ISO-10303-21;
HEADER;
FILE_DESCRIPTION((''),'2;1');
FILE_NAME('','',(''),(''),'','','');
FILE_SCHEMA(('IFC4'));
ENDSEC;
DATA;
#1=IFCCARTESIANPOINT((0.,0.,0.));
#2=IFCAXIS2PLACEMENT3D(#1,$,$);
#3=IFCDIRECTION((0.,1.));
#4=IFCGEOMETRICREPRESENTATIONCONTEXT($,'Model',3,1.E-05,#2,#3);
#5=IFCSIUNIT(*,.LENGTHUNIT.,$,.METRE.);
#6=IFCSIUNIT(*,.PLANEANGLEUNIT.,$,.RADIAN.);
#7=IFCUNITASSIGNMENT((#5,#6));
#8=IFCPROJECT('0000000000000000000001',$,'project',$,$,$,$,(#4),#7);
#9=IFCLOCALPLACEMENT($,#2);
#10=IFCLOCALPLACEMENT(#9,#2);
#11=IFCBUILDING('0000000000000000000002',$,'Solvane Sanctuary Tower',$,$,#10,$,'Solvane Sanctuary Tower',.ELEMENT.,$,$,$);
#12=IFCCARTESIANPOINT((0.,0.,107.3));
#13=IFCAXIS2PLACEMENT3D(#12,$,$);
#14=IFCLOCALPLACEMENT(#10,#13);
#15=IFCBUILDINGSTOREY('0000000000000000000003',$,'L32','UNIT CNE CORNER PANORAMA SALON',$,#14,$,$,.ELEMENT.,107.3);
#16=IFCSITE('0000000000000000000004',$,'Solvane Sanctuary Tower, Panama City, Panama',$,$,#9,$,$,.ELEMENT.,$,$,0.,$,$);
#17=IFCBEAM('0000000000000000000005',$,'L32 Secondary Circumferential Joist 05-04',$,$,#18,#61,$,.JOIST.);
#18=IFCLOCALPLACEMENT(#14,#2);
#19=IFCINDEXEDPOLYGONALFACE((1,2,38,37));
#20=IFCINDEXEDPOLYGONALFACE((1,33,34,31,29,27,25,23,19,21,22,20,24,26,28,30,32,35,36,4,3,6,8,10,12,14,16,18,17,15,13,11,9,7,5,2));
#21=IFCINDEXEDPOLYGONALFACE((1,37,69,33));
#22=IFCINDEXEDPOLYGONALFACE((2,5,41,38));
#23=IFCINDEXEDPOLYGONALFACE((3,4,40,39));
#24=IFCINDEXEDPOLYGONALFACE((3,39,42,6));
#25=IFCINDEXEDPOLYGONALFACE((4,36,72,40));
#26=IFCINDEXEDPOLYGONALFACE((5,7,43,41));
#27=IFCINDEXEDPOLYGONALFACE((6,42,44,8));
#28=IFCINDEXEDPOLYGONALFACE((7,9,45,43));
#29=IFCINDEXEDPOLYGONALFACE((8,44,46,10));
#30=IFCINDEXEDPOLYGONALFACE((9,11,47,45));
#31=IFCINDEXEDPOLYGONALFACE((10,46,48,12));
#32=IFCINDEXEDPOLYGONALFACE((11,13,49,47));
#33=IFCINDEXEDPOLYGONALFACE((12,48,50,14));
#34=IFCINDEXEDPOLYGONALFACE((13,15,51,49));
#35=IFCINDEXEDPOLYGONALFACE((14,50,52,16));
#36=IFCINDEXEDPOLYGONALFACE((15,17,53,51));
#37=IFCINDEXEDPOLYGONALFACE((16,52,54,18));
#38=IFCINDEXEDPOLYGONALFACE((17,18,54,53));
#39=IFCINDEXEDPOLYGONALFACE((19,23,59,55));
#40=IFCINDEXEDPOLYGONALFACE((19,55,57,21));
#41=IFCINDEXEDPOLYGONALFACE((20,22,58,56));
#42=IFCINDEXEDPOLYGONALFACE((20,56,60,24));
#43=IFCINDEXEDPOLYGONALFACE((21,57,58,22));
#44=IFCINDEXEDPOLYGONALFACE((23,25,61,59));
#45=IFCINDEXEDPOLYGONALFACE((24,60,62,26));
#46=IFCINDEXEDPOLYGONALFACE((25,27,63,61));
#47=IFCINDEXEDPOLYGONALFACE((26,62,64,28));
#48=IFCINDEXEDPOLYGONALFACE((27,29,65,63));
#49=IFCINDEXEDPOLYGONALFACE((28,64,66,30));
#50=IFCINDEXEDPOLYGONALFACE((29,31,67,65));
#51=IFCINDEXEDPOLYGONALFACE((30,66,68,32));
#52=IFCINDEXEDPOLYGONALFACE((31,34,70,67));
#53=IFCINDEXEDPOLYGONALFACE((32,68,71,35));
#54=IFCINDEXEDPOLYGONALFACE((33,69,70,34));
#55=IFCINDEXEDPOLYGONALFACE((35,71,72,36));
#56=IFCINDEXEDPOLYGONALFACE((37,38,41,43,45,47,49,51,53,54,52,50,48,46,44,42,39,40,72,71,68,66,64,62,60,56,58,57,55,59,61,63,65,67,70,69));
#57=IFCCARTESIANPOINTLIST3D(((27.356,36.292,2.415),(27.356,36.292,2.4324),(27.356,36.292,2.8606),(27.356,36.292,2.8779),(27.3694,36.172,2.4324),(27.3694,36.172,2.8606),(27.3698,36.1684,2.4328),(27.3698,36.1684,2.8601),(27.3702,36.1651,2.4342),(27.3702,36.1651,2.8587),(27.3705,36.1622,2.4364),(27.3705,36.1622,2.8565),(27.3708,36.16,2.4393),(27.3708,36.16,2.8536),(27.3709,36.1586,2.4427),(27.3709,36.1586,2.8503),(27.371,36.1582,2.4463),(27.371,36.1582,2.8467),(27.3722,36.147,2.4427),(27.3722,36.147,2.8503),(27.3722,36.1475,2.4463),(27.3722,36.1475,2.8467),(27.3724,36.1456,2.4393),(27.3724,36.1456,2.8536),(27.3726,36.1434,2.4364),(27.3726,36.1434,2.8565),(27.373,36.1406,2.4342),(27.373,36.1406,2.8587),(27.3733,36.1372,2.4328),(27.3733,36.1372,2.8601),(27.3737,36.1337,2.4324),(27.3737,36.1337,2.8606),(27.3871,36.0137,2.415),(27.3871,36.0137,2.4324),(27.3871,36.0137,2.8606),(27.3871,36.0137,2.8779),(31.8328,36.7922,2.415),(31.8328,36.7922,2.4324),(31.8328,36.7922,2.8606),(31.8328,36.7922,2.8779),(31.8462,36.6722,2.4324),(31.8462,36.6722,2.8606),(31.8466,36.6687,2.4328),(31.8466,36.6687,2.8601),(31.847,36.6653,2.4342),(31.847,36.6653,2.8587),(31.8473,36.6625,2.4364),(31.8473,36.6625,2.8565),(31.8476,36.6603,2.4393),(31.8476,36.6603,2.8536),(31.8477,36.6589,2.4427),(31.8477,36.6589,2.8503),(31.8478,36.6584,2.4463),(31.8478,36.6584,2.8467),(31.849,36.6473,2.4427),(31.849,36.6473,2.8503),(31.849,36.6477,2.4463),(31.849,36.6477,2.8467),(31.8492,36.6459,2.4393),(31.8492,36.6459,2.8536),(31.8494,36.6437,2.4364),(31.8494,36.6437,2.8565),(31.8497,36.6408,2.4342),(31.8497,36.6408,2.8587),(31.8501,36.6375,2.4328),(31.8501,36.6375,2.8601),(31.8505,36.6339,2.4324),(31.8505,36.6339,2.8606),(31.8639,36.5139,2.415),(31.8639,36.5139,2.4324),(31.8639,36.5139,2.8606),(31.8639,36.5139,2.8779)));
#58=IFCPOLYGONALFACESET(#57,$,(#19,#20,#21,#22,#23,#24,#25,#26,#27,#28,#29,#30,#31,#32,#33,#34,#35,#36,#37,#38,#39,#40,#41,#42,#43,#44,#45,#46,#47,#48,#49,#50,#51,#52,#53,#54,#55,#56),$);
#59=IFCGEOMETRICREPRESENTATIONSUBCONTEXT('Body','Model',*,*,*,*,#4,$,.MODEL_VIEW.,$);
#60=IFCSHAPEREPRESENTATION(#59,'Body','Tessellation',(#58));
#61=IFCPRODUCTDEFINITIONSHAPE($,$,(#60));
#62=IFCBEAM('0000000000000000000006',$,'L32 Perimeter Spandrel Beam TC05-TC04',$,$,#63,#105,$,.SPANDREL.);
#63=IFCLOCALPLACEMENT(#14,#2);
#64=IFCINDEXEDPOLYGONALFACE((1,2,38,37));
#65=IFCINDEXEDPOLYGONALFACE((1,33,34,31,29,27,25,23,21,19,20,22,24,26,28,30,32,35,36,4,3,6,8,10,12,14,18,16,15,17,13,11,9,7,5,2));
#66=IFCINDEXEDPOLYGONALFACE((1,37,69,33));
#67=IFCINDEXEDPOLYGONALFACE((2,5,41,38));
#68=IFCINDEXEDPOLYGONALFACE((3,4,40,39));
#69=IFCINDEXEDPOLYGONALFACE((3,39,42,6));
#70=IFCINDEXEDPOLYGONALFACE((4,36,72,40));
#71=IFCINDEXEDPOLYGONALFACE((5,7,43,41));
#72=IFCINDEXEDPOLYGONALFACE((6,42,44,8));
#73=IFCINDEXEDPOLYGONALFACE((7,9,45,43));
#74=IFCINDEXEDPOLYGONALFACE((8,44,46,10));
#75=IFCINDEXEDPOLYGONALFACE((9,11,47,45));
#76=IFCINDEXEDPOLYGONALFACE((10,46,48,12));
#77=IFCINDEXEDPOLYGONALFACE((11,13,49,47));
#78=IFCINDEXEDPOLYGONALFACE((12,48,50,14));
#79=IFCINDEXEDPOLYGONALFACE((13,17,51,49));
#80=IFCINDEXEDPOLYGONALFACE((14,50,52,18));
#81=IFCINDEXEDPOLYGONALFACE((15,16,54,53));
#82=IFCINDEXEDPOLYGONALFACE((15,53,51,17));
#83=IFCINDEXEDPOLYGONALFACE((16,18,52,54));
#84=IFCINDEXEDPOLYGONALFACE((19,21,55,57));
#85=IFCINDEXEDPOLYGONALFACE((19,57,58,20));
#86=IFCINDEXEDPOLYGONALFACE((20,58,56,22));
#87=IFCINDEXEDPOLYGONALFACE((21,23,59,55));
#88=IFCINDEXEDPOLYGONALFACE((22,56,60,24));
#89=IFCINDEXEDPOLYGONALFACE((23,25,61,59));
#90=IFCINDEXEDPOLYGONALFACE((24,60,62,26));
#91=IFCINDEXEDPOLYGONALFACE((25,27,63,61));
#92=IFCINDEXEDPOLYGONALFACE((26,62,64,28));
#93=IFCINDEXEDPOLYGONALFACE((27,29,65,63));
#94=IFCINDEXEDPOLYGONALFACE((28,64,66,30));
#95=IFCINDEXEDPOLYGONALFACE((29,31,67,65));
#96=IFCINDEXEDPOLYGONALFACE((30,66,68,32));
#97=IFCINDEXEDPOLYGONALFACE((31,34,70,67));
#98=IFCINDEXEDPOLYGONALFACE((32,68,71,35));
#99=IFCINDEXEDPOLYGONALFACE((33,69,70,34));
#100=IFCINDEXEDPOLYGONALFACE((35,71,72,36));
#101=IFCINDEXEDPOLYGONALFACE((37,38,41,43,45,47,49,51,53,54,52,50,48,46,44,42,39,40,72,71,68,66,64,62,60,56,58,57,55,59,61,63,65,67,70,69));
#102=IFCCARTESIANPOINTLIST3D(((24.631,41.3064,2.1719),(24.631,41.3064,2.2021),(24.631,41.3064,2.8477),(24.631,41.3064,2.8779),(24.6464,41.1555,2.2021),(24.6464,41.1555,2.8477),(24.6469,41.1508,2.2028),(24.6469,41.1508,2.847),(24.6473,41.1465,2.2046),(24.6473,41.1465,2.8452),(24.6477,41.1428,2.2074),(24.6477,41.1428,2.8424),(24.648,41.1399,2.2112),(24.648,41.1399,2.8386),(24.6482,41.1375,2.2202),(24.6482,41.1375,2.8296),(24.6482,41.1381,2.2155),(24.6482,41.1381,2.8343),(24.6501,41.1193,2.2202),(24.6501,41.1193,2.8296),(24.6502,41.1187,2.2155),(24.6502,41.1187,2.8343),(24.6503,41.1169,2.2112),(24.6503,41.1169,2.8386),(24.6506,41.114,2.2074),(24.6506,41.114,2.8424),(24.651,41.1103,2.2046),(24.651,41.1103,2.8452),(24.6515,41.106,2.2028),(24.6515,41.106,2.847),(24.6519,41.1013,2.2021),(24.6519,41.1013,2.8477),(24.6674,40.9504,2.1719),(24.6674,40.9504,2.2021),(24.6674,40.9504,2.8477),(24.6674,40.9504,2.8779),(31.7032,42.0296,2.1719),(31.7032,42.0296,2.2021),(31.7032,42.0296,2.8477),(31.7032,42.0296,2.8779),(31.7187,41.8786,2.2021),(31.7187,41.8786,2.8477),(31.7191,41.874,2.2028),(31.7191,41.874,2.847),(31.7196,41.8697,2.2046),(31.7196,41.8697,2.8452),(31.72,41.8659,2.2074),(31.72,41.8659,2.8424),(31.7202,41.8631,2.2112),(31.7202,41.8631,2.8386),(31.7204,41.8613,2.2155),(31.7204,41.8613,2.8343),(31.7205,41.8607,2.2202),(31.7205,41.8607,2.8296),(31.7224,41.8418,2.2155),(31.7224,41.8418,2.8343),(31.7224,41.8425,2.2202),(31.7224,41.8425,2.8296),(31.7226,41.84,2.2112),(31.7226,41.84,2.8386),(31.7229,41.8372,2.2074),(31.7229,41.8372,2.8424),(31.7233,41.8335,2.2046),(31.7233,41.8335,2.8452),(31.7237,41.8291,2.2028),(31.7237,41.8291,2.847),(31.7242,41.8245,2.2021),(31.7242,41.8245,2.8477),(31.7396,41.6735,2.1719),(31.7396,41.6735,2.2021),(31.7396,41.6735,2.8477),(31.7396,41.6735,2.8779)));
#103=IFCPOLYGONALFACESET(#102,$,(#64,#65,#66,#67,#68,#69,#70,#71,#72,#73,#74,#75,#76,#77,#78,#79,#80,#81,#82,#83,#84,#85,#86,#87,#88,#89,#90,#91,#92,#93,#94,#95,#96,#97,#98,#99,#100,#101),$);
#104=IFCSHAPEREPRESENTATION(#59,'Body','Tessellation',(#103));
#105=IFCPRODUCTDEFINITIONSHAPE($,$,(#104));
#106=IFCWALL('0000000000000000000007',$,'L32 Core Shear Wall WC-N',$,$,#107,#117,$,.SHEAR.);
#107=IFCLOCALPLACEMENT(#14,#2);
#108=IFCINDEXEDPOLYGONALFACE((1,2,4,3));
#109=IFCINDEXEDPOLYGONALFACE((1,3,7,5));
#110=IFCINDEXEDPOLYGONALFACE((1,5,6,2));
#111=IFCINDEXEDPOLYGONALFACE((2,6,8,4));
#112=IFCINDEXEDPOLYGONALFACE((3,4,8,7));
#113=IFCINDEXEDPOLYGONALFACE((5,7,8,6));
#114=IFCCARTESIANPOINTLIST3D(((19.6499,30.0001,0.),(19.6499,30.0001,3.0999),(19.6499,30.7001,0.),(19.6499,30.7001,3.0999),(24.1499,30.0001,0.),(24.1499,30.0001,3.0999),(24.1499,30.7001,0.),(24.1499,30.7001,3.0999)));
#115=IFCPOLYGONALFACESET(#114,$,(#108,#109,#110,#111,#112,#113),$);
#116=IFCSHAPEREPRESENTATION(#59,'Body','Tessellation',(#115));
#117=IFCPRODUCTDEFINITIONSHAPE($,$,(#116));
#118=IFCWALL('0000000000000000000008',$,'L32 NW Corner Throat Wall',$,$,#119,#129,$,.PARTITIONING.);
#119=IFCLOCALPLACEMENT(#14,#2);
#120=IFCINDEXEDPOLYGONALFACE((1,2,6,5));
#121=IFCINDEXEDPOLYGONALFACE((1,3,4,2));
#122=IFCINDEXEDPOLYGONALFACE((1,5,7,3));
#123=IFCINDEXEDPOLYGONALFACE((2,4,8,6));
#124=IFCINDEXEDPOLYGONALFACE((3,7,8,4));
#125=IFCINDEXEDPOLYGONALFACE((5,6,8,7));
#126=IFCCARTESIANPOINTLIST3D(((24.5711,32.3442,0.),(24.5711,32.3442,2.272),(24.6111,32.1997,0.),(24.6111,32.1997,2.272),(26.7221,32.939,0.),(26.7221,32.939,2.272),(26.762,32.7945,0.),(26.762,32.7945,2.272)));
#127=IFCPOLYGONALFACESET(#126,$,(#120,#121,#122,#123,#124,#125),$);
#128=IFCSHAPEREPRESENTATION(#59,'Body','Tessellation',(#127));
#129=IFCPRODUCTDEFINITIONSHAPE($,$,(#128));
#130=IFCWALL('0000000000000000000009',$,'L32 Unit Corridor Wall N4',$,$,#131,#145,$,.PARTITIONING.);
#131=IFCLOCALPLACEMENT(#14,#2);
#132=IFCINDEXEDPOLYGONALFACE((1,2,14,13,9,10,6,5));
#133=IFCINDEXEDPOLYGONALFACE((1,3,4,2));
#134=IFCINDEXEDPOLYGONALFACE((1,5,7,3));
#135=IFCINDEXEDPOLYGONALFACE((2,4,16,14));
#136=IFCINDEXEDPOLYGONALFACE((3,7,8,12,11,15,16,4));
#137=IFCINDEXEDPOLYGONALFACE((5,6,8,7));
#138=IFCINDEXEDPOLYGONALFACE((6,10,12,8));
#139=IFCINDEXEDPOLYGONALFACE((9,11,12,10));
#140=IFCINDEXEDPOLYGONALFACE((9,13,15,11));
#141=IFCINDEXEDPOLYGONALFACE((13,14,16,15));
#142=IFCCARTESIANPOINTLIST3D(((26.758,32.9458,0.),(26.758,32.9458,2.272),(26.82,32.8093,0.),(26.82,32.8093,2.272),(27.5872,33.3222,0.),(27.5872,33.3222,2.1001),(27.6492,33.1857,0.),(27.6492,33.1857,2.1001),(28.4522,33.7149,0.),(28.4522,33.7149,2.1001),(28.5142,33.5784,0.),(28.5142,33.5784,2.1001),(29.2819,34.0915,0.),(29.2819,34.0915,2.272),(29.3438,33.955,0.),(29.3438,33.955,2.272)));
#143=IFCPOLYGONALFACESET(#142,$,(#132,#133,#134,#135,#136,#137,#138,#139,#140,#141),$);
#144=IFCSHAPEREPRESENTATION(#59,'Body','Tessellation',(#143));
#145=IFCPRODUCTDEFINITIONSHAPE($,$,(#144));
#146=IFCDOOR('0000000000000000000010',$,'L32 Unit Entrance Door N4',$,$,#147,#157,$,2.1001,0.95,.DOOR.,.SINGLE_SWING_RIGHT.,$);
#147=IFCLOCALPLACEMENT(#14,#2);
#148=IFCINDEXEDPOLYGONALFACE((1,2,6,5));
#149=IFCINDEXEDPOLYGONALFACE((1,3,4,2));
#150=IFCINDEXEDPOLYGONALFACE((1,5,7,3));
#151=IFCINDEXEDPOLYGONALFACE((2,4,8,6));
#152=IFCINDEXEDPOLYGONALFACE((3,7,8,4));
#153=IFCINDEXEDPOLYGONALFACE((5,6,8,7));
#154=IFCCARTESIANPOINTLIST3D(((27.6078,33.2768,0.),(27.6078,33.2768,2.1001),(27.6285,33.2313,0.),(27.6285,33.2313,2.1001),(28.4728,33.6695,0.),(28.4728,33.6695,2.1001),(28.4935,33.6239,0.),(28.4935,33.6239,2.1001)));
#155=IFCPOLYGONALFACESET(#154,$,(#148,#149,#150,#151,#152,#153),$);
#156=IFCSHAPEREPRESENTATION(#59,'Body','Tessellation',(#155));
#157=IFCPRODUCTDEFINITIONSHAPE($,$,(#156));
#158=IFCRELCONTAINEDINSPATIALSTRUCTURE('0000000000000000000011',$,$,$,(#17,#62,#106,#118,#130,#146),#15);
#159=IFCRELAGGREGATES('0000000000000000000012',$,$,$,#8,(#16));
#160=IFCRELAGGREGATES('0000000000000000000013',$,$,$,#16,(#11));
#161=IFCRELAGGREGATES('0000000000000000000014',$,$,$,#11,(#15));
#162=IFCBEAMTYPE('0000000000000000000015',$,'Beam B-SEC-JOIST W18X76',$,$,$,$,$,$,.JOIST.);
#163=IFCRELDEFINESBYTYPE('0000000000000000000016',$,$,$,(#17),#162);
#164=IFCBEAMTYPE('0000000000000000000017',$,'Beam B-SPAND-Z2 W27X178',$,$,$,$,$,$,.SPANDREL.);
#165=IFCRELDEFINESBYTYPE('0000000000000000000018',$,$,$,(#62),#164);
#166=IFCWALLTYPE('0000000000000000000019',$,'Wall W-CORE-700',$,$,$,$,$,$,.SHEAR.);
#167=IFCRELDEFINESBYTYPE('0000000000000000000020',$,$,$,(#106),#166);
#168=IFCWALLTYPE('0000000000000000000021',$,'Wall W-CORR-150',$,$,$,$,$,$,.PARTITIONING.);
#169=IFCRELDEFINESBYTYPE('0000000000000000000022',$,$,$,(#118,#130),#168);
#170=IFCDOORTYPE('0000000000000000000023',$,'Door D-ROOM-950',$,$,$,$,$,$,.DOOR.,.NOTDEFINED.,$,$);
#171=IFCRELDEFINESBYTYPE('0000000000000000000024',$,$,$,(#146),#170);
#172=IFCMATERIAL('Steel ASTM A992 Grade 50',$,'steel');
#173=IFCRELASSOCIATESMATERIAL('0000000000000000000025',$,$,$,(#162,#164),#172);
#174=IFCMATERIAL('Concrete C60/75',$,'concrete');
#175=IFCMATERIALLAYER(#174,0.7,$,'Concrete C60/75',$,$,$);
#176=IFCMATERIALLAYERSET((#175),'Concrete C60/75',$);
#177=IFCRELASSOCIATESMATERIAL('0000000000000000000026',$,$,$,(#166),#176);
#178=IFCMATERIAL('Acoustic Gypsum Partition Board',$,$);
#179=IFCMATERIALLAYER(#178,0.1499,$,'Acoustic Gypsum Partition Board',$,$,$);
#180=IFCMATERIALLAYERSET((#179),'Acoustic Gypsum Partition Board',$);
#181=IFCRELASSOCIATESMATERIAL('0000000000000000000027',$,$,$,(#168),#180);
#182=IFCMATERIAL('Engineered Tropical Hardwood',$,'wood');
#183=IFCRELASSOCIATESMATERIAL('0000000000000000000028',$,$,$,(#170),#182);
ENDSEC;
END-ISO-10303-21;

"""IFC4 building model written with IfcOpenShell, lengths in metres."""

from ifc_helpers import new_model, si_unit, direction, frame, frame_2d, origin, origin_2d, place, context, subcontext, project, spatial, rectangle, i_section, extrude, material, layer, layer_set, material_profile, profile_set, type_object, element, fill, save


model = new_model("IFC4")

# Units and contexts
model_context = context("Model", 3, precision=1e-05, world=origin(), true_north=direction((0.0, 1.0)))
body_context = subcontext(model_context, "Body", "Model", "MODEL_VIEW")
ifc_project = project(units=[si_unit("LENGTHUNIT", "METRE"), si_unit("PLANEANGLEUNIT", "RADIAN")], contexts=[model_context])

# Site, building, storey
site_placement = place(None, origin())
site = spatial("IfcSite", under=ifc_project, at=site_placement, Name="Solvane Sanctuary Tower, Panama City, Panama", CompositionType="ELEMENT", RefElevation=0.0)
building_placement = place(site_placement, origin())
building = spatial("IfcBuilding", under=site, at=building_placement, Name="Solvane Sanctuary Tower", LongName="Solvane Sanctuary Tower", CompositionType="ELEMENT")
storey_placement = place(building_placement, frame((0.0, 0.0, 107.3)))
storey = spatial("IfcBuildingStorey", under=building, at=storey_placement, Name="L32", Description="UNIT CNE CORNER PANORAMA SALON", CompositionType="ELEMENT", Elevation=107.3)

# Shared definitions
ifc_material_1 = material(Name="Concrete C60/75", Category="concrete")

# Beams
ifc_material_2 = material(Name="Steel ASTM A992 Grade 50", Category="steel")
ifc_material_profile_1 = material_profile(ifc_material_2, i_section(OverallWidth=0.28, OverallDepth=0.4629, WebThickness=0.0107, FlangeThickness=0.0173, FilletRadius=0.0139, at=origin_2d()), Name="W18X76")
ifc_profile_set_1 = profile_set([ifc_material_profile_1], Name="Steel ASTM A992 Grade 50")
beam_type_1 = type_object("IfcBeamType", Name="Beam B-SEC-JOIST W18X76", PredefinedType="JOIST", material=ifc_profile_set_1)
beam_1_placement = place(storey_placement, frame((27.3716, 36.1528, 2.6465), z_axis=(0.993815, 0.11105, 0.0), x_axis=(-0.11105, 0.993815, 0.0)))
element("IfcBeam", 1, at=beam_1_placement, inside=storey, type_object=beam_type_1, Name="L32 Secondary Circumferential Joist 05-04", PredefinedType="JOIST", context=body_context, shape_type="SweptSolid", body=[
    extrude(i_section(OverallWidth=0.28, OverallDepth=0.4629, WebThickness=0.0107, FlangeThickness=0.0173, FilletRadius=0.0139, at=origin_2d()), origin(), (0.0, 0.0, 1.0), 4.5046),
])
ifc_material_profile_2 = material_profile(ifc_material_2, i_section(OverallWidth=0.3579, OverallDepth=0.7061, WebThickness=0.0183, FlangeThickness=0.0303, FilletRadius=0.0181, at=origin_2d()), Name="W27X178")
ifc_profile_set_2 = profile_set([ifc_material_profile_2], Name="Steel ASTM A992 Grade 50")
beam_type_2 = type_object("IfcBeamType", Name="Beam B-SPAND-Z2 W27X178", PredefinedType="SPANDREL", material=ifc_profile_set_2)
beam_2_placement = place(storey_placement, frame((24.6492, 41.1284, 2.5249), z_axis=(0.994813, 0.10172, 0.0), x_axis=(-0.10172, 0.994813, 0.0)))
element("IfcBeam", 2, at=beam_2_placement, inside=storey, type_object=beam_type_2, Name="L32 Perimeter Spandrel Beam TC05-TC04", PredefinedType="SPANDREL", context=body_context, shape_type="SweptSolid", body=[
    extrude(i_section(OverallWidth=0.3579, OverallDepth=0.7061, WebThickness=0.0183, FlangeThickness=0.0303, FilletRadius=0.0181, at=origin_2d()), origin(), (0.0, 0.0, 1.0), 7.1091),
])

# Walls
ifc_layer_1 = layer(ifc_material_1, 0.7, Name="Concrete C60/75")
ifc_layer_set_1 = layer_set([ifc_layer_1], Name="Concrete C60/75")
wall_type_1 = type_object("IfcWallType", Name="Wall W-CORE-700", PredefinedType="SHEAR", material=ifc_layer_set_1)
wall_1_placement = place(storey_placement, frame((19.6499, 30.3501, 0.0), z_axis=(0.0, 0.0, 1.0), x_axis=(1.0, 0.0, 0.0)))
element("IfcWall", 3, at=wall_1_placement, inside=storey, type_object=wall_type_1, Name="L32 Core Shear Wall WC-N", PredefinedType="SHEAR", context=body_context, shape_type="SweptSolid", body=[
    extrude(rectangle(XDim=4.5, YDim=0.7, at=frame_2d((2.25, 0.0))), origin(), (0.0, 0.0, 1.0), 3.0999),
])
ifc_material_3 = material(Name="Acoustic Gypsum Partition Board")
ifc_layer_2 = layer(ifc_material_3, 0.1499, Name="Acoustic Gypsum Partition Board")
ifc_layer_set_2 = layer_set([ifc_layer_2], Name="Acoustic Gypsum Partition Board")
wall_type_2 = type_object("IfcWallType", Name="Wall W-CORR-150", PredefinedType="PARTITIONING", material=ifc_layer_set_2)
wall_2_placement = place(storey_placement, frame((26.7419, 32.8667, 0.0), z_axis=(0.0, 0.0, 1.0), x_axis=(-0.963834, -0.266504, 0.0)))
element("IfcWall", 4, at=wall_2_placement, inside=storey, type_object=wall_type_2, Name="L32 NW Corner Throat Wall", PredefinedType="PARTITIONING", context=body_context, shape_type="SweptSolid", body=[
    extrude(rectangle(XDim=2.2317, YDim=0.1499, at=frame_2d((1.1157, 0.0))), origin(), (0.0, 0.0, 1.0), 2.272),
])

# Wall, opening, door
wall_3_placement = place(storey_placement, frame((29.3127, 34.0232, 0.0), z_axis=(0.0, 0.0, 1.0), x_axis=(-0.910568, -0.413358, 0.0)))
wall_3 = element("IfcWall", 5, at=wall_3_placement, inside=storey, type_object=wall_type_2, Name="L32 Unit Corridor Wall N4", PredefinedType="PARTITIONING", context=body_context, shape_type="SweptSolid", body=[
    extrude(rectangle(XDim=2.7717, YDim=0.1499, at=frame_2d((1.3857, 0.0))), origin(), (0.0, 0.0, 1.0), 2.272),
])
opening_1_placement = place(wall_3_placement, frame((0.9109, 0.0, 0.0)))
opening_1 = element("IfcOpeningElement", 6, at=opening_1_placement, cuts=wall_3, PredefinedType="OPENING", context=body_context, shape_type="SweptSolid", body=[
    extrude(rectangle(XDim=0.95, YDim=2.1001, at=frame_2d((0.4751, 1.05))), frame((0.0, 0.085, 0.0), z_axis=(0.0, -1.0, 0.0), x_axis=(1.0, 0.0, 0.0)), (0.0, 0.0, 1.0), 0.1699),
])
ifc_material_4 = material(Name="Engineered Tropical Hardwood", Category="wood")
door_type_1 = type_object("IfcDoorType", Name="Door D-ROOM-950", OperationType="NOTDEFINED", PredefinedType="DOOR", material=ifc_material_4)
door_1_placement = place(opening_1_placement, origin())
door_1 = element("IfcDoor", 7, at=door_1_placement, inside=storey, type_object=door_type_1, Name="L32 Unit Entrance Door N4", OperationType="SINGLE_SWING_RIGHT", OverallHeight=2.1001, OverallWidth=0.95, PredefinedType="DOOR", context=body_context, shape_type="SweptSolid", body=[
    extrude(rectangle(XDim=0.95, YDim=2.1001, at=frame_2d((0.4751, 1.05))), frame((0.0, 0.0249, 0.0), z_axis=(0.0, -1.0, 0.0), x_axis=(1.0, 0.0, 0.0)), (0.0, 0.0, 1.0), 0.05),
])
fill(opening_1, door_1)

save(model, "model.ifc")
